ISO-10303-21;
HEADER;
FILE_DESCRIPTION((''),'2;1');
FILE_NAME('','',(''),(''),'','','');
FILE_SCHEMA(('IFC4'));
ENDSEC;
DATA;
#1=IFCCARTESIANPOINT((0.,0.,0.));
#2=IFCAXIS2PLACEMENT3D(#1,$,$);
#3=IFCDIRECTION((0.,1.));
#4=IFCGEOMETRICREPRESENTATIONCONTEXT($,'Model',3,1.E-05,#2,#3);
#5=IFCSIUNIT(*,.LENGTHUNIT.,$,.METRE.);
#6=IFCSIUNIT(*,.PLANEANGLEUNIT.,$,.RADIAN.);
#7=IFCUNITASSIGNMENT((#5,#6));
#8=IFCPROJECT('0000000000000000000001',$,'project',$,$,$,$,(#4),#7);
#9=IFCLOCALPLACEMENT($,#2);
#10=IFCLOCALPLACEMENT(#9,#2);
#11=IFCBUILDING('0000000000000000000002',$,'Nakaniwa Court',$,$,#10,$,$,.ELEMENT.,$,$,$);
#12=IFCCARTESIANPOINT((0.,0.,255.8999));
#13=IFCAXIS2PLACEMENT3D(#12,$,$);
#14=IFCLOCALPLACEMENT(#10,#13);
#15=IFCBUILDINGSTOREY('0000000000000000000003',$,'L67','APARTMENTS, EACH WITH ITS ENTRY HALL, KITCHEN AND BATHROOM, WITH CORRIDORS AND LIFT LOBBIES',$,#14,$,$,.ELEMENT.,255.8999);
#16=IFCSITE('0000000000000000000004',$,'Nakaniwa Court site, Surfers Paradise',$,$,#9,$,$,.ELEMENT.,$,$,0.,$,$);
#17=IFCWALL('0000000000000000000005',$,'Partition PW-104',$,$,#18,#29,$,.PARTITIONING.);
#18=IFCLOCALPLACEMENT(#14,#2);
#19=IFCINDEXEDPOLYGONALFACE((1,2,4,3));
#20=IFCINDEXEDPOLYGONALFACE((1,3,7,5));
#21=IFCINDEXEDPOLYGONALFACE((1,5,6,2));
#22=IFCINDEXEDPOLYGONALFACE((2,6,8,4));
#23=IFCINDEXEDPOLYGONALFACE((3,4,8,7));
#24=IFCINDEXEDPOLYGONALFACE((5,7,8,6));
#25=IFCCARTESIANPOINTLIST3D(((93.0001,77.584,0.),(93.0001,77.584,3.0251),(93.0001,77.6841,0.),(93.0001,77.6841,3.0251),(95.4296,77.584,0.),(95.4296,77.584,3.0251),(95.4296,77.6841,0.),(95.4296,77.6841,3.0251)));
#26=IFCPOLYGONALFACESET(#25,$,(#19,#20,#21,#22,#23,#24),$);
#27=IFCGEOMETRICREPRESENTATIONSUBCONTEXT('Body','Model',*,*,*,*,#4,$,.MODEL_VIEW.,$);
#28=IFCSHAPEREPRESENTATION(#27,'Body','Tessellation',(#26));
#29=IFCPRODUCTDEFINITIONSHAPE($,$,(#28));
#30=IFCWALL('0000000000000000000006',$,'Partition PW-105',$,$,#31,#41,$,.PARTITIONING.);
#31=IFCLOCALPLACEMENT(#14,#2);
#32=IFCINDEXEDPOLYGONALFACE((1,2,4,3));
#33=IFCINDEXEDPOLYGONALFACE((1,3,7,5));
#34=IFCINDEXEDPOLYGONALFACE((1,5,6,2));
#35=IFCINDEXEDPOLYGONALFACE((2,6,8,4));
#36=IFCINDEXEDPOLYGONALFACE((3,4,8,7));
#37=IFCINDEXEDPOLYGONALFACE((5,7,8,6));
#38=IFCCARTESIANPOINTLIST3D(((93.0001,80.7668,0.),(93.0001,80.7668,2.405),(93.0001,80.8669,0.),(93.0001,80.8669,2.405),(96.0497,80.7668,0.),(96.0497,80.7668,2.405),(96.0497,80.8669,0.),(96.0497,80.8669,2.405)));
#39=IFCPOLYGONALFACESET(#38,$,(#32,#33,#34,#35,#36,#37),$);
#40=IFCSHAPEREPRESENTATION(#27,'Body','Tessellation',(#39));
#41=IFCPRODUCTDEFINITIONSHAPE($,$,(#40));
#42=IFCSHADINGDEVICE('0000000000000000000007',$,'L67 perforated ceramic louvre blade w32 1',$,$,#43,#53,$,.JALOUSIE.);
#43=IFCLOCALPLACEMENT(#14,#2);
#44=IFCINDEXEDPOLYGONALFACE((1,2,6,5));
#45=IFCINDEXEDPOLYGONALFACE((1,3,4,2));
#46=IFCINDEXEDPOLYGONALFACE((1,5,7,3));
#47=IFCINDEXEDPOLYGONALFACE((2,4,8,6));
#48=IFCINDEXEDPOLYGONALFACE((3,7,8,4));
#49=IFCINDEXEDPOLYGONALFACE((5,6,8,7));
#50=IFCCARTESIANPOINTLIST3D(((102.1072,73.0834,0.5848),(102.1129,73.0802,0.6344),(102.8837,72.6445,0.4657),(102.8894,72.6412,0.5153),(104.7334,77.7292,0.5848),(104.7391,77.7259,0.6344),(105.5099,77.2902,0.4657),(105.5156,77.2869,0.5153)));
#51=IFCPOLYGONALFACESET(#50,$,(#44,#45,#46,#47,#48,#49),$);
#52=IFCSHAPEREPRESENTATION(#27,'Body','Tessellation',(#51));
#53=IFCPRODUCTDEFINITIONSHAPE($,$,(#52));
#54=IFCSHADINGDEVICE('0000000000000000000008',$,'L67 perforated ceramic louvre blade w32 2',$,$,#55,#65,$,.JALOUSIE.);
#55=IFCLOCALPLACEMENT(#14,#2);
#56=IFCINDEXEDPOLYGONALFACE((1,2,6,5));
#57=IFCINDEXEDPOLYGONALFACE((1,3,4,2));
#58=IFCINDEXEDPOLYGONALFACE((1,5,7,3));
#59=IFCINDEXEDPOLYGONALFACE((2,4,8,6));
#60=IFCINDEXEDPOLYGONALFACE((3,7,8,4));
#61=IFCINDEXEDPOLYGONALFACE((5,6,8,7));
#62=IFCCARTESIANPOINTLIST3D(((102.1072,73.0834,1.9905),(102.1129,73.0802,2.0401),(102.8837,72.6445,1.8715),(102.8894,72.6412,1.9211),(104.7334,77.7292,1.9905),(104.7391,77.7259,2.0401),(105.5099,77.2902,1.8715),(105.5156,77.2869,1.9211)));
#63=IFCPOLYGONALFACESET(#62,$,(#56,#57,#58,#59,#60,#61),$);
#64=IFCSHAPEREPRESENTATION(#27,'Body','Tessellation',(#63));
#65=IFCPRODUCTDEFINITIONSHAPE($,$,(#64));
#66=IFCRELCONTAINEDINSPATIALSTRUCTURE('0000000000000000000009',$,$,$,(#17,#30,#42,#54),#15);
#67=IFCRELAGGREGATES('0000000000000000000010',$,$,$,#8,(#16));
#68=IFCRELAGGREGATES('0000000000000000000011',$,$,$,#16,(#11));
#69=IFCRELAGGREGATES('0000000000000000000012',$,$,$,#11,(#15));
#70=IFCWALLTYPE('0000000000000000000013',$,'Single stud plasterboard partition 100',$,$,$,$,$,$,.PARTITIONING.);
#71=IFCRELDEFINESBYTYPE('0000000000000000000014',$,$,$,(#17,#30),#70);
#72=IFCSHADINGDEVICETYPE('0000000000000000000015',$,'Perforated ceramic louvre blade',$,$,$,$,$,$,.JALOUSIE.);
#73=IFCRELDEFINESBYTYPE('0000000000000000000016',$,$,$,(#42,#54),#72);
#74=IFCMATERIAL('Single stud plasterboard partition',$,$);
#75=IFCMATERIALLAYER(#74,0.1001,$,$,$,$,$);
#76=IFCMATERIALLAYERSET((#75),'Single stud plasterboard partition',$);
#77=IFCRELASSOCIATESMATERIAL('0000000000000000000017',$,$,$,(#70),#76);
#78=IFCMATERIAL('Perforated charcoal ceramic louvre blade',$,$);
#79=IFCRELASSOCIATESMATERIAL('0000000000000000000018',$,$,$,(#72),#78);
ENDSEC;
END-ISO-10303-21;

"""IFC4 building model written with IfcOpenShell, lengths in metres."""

from ifc_helpers import new_model, si_unit, direction, frame, frame_2d, origin, origin_2d, place, context, subcontext, project, spatial, rectangle, extrude, material, layer, layer_set, material_profile, profile_set, type_object, element, save


model = new_model("IFC4")

# Units and contexts
model_context = context("Model", 3, precision=1e-05, world=origin(), true_north=direction((0.0, 1.0)))
body_context = subcontext(model_context, "Body", "Model", "MODEL_VIEW")
ifc_project = project(units=[si_unit("LENGTHUNIT", "METRE"), si_unit("PLANEANGLEUNIT", "RADIAN")], contexts=[model_context])

# Site, building, storey
site_placement = place(None, origin())
site = spatial("IfcSite", under=ifc_project, at=site_placement, Name="Nakaniwa Court site, Surfers Paradise", CompositionType="ELEMENT", RefElevation=0.0)
building_placement = place(site_placement, origin())
building = spatial("IfcBuilding", under=site, at=building_placement, Name="Nakaniwa Court", CompositionType="ELEMENT")
storey_placement = place(building_placement, frame((0.0, 0.0, 255.8999)))
storey = spatial("IfcBuildingStorey", under=building, at=storey_placement, Name="L67", Description="APARTMENTS, EACH WITH ITS ENTRY HALL, KITCHEN AND BATHROOM, WITH CORRIDORS AND LIFT LOBBIES", CompositionType="ELEMENT", Elevation=255.8999)

# Walls
ifc_material_1 = material(Name="Single stud plasterboard partition")
ifc_layer_1 = layer(ifc_material_1, 0.1001)
ifc_layer_set_1 = layer_set([ifc_layer_1], Name="Single stud plasterboard partition")
wall_type_1 = type_object("IfcWallType", Name="Single stud plasterboard partition 100", PredefinedType="PARTITIONING", material=ifc_layer_set_1)
wall_1_placement = place(storey_placement, frame((93.0, 77.634, 0.0), z_axis=(0.0, 0.0, 1.0), x_axis=(1.0, 0.0, 0.0)))
element("IfcWall", 1, at=wall_1_placement, inside=storey, type_object=wall_type_1, Name="Partition PW-104", PredefinedType="PARTITIONING", context=body_context, shape_type="SweptSolid", body=[
    extrude(rectangle(XDim=2.4294, YDim=0.1001, at=frame_2d((1.2148, 0.0))), origin(), (0.0, 0.0, 1.0), 3.0251),
])
wall_2_placement = place(storey_placement, frame((93.0, 80.8169, 0.0), z_axis=(0.0, 0.0, 1.0), x_axis=(1.0, 0.0, 0.0)))
element("IfcWall", 2, at=wall_2_placement, inside=storey, type_object=wall_type_1, Name="Partition PW-105", PredefinedType="PARTITIONING", context=body_context, shape_type="SweptSolid", body=[
    extrude(rectangle(XDim=3.0496, YDim=0.1001, at=frame_2d((1.5249, 0.0))), origin(), (0.0, 0.0, 1.0), 2.405),
])

# Shading devices
ifc_material_2 = material(Name="Perforated charcoal ceramic louvre blade")
ifc_material_profile_1 = material_profile(ifc_material_2, rectangle(XDim=0.8999, YDim=0.05, at=origin_2d()), Name="Perforated ceramic louvre blade")
ifc_profile_set_1 = profile_set([ifc_material_profile_1], Name="Perforated charcoal ceramic louvre blade")
shading_device_type = type_object("IfcShadingDeviceType", Name="Perforated ceramic louvre blade", PredefinedType="JALOUSIE", material=ifc_profile_set_1)
for number, where, z_axis, x_axis, name in (
    (3, (102.4983, 72.8623, 0.55), (0.492109, 0.870534, 0.0), (-0.862887, 0.487786, 0.132256), "L67 perforated ceramic louvre blade w32 1"),
    (4, (102.4983, 72.8623, 1.9558), (0.492109, 0.870534, 0.0), (-0.862887, 0.487786, 0.132256), "L67 perforated ceramic louvre blade w32 2"),
):
    element("IfcShadingDevice", number, at=place(storey_placement, frame(where, z_axis=z_axis, x_axis=x_axis)), inside=storey, type_object=shading_device_type, Name=name, PredefinedType="JALOUSIE", context=body_context, shape_type="SweptSolid", body=[
        extrude(rectangle(XDim=0.8999, YDim=0.05, at=origin_2d()), origin(), (0.0, 0.0, 1.0), 5.3367),
    ])

save(model, "model.ifc")
